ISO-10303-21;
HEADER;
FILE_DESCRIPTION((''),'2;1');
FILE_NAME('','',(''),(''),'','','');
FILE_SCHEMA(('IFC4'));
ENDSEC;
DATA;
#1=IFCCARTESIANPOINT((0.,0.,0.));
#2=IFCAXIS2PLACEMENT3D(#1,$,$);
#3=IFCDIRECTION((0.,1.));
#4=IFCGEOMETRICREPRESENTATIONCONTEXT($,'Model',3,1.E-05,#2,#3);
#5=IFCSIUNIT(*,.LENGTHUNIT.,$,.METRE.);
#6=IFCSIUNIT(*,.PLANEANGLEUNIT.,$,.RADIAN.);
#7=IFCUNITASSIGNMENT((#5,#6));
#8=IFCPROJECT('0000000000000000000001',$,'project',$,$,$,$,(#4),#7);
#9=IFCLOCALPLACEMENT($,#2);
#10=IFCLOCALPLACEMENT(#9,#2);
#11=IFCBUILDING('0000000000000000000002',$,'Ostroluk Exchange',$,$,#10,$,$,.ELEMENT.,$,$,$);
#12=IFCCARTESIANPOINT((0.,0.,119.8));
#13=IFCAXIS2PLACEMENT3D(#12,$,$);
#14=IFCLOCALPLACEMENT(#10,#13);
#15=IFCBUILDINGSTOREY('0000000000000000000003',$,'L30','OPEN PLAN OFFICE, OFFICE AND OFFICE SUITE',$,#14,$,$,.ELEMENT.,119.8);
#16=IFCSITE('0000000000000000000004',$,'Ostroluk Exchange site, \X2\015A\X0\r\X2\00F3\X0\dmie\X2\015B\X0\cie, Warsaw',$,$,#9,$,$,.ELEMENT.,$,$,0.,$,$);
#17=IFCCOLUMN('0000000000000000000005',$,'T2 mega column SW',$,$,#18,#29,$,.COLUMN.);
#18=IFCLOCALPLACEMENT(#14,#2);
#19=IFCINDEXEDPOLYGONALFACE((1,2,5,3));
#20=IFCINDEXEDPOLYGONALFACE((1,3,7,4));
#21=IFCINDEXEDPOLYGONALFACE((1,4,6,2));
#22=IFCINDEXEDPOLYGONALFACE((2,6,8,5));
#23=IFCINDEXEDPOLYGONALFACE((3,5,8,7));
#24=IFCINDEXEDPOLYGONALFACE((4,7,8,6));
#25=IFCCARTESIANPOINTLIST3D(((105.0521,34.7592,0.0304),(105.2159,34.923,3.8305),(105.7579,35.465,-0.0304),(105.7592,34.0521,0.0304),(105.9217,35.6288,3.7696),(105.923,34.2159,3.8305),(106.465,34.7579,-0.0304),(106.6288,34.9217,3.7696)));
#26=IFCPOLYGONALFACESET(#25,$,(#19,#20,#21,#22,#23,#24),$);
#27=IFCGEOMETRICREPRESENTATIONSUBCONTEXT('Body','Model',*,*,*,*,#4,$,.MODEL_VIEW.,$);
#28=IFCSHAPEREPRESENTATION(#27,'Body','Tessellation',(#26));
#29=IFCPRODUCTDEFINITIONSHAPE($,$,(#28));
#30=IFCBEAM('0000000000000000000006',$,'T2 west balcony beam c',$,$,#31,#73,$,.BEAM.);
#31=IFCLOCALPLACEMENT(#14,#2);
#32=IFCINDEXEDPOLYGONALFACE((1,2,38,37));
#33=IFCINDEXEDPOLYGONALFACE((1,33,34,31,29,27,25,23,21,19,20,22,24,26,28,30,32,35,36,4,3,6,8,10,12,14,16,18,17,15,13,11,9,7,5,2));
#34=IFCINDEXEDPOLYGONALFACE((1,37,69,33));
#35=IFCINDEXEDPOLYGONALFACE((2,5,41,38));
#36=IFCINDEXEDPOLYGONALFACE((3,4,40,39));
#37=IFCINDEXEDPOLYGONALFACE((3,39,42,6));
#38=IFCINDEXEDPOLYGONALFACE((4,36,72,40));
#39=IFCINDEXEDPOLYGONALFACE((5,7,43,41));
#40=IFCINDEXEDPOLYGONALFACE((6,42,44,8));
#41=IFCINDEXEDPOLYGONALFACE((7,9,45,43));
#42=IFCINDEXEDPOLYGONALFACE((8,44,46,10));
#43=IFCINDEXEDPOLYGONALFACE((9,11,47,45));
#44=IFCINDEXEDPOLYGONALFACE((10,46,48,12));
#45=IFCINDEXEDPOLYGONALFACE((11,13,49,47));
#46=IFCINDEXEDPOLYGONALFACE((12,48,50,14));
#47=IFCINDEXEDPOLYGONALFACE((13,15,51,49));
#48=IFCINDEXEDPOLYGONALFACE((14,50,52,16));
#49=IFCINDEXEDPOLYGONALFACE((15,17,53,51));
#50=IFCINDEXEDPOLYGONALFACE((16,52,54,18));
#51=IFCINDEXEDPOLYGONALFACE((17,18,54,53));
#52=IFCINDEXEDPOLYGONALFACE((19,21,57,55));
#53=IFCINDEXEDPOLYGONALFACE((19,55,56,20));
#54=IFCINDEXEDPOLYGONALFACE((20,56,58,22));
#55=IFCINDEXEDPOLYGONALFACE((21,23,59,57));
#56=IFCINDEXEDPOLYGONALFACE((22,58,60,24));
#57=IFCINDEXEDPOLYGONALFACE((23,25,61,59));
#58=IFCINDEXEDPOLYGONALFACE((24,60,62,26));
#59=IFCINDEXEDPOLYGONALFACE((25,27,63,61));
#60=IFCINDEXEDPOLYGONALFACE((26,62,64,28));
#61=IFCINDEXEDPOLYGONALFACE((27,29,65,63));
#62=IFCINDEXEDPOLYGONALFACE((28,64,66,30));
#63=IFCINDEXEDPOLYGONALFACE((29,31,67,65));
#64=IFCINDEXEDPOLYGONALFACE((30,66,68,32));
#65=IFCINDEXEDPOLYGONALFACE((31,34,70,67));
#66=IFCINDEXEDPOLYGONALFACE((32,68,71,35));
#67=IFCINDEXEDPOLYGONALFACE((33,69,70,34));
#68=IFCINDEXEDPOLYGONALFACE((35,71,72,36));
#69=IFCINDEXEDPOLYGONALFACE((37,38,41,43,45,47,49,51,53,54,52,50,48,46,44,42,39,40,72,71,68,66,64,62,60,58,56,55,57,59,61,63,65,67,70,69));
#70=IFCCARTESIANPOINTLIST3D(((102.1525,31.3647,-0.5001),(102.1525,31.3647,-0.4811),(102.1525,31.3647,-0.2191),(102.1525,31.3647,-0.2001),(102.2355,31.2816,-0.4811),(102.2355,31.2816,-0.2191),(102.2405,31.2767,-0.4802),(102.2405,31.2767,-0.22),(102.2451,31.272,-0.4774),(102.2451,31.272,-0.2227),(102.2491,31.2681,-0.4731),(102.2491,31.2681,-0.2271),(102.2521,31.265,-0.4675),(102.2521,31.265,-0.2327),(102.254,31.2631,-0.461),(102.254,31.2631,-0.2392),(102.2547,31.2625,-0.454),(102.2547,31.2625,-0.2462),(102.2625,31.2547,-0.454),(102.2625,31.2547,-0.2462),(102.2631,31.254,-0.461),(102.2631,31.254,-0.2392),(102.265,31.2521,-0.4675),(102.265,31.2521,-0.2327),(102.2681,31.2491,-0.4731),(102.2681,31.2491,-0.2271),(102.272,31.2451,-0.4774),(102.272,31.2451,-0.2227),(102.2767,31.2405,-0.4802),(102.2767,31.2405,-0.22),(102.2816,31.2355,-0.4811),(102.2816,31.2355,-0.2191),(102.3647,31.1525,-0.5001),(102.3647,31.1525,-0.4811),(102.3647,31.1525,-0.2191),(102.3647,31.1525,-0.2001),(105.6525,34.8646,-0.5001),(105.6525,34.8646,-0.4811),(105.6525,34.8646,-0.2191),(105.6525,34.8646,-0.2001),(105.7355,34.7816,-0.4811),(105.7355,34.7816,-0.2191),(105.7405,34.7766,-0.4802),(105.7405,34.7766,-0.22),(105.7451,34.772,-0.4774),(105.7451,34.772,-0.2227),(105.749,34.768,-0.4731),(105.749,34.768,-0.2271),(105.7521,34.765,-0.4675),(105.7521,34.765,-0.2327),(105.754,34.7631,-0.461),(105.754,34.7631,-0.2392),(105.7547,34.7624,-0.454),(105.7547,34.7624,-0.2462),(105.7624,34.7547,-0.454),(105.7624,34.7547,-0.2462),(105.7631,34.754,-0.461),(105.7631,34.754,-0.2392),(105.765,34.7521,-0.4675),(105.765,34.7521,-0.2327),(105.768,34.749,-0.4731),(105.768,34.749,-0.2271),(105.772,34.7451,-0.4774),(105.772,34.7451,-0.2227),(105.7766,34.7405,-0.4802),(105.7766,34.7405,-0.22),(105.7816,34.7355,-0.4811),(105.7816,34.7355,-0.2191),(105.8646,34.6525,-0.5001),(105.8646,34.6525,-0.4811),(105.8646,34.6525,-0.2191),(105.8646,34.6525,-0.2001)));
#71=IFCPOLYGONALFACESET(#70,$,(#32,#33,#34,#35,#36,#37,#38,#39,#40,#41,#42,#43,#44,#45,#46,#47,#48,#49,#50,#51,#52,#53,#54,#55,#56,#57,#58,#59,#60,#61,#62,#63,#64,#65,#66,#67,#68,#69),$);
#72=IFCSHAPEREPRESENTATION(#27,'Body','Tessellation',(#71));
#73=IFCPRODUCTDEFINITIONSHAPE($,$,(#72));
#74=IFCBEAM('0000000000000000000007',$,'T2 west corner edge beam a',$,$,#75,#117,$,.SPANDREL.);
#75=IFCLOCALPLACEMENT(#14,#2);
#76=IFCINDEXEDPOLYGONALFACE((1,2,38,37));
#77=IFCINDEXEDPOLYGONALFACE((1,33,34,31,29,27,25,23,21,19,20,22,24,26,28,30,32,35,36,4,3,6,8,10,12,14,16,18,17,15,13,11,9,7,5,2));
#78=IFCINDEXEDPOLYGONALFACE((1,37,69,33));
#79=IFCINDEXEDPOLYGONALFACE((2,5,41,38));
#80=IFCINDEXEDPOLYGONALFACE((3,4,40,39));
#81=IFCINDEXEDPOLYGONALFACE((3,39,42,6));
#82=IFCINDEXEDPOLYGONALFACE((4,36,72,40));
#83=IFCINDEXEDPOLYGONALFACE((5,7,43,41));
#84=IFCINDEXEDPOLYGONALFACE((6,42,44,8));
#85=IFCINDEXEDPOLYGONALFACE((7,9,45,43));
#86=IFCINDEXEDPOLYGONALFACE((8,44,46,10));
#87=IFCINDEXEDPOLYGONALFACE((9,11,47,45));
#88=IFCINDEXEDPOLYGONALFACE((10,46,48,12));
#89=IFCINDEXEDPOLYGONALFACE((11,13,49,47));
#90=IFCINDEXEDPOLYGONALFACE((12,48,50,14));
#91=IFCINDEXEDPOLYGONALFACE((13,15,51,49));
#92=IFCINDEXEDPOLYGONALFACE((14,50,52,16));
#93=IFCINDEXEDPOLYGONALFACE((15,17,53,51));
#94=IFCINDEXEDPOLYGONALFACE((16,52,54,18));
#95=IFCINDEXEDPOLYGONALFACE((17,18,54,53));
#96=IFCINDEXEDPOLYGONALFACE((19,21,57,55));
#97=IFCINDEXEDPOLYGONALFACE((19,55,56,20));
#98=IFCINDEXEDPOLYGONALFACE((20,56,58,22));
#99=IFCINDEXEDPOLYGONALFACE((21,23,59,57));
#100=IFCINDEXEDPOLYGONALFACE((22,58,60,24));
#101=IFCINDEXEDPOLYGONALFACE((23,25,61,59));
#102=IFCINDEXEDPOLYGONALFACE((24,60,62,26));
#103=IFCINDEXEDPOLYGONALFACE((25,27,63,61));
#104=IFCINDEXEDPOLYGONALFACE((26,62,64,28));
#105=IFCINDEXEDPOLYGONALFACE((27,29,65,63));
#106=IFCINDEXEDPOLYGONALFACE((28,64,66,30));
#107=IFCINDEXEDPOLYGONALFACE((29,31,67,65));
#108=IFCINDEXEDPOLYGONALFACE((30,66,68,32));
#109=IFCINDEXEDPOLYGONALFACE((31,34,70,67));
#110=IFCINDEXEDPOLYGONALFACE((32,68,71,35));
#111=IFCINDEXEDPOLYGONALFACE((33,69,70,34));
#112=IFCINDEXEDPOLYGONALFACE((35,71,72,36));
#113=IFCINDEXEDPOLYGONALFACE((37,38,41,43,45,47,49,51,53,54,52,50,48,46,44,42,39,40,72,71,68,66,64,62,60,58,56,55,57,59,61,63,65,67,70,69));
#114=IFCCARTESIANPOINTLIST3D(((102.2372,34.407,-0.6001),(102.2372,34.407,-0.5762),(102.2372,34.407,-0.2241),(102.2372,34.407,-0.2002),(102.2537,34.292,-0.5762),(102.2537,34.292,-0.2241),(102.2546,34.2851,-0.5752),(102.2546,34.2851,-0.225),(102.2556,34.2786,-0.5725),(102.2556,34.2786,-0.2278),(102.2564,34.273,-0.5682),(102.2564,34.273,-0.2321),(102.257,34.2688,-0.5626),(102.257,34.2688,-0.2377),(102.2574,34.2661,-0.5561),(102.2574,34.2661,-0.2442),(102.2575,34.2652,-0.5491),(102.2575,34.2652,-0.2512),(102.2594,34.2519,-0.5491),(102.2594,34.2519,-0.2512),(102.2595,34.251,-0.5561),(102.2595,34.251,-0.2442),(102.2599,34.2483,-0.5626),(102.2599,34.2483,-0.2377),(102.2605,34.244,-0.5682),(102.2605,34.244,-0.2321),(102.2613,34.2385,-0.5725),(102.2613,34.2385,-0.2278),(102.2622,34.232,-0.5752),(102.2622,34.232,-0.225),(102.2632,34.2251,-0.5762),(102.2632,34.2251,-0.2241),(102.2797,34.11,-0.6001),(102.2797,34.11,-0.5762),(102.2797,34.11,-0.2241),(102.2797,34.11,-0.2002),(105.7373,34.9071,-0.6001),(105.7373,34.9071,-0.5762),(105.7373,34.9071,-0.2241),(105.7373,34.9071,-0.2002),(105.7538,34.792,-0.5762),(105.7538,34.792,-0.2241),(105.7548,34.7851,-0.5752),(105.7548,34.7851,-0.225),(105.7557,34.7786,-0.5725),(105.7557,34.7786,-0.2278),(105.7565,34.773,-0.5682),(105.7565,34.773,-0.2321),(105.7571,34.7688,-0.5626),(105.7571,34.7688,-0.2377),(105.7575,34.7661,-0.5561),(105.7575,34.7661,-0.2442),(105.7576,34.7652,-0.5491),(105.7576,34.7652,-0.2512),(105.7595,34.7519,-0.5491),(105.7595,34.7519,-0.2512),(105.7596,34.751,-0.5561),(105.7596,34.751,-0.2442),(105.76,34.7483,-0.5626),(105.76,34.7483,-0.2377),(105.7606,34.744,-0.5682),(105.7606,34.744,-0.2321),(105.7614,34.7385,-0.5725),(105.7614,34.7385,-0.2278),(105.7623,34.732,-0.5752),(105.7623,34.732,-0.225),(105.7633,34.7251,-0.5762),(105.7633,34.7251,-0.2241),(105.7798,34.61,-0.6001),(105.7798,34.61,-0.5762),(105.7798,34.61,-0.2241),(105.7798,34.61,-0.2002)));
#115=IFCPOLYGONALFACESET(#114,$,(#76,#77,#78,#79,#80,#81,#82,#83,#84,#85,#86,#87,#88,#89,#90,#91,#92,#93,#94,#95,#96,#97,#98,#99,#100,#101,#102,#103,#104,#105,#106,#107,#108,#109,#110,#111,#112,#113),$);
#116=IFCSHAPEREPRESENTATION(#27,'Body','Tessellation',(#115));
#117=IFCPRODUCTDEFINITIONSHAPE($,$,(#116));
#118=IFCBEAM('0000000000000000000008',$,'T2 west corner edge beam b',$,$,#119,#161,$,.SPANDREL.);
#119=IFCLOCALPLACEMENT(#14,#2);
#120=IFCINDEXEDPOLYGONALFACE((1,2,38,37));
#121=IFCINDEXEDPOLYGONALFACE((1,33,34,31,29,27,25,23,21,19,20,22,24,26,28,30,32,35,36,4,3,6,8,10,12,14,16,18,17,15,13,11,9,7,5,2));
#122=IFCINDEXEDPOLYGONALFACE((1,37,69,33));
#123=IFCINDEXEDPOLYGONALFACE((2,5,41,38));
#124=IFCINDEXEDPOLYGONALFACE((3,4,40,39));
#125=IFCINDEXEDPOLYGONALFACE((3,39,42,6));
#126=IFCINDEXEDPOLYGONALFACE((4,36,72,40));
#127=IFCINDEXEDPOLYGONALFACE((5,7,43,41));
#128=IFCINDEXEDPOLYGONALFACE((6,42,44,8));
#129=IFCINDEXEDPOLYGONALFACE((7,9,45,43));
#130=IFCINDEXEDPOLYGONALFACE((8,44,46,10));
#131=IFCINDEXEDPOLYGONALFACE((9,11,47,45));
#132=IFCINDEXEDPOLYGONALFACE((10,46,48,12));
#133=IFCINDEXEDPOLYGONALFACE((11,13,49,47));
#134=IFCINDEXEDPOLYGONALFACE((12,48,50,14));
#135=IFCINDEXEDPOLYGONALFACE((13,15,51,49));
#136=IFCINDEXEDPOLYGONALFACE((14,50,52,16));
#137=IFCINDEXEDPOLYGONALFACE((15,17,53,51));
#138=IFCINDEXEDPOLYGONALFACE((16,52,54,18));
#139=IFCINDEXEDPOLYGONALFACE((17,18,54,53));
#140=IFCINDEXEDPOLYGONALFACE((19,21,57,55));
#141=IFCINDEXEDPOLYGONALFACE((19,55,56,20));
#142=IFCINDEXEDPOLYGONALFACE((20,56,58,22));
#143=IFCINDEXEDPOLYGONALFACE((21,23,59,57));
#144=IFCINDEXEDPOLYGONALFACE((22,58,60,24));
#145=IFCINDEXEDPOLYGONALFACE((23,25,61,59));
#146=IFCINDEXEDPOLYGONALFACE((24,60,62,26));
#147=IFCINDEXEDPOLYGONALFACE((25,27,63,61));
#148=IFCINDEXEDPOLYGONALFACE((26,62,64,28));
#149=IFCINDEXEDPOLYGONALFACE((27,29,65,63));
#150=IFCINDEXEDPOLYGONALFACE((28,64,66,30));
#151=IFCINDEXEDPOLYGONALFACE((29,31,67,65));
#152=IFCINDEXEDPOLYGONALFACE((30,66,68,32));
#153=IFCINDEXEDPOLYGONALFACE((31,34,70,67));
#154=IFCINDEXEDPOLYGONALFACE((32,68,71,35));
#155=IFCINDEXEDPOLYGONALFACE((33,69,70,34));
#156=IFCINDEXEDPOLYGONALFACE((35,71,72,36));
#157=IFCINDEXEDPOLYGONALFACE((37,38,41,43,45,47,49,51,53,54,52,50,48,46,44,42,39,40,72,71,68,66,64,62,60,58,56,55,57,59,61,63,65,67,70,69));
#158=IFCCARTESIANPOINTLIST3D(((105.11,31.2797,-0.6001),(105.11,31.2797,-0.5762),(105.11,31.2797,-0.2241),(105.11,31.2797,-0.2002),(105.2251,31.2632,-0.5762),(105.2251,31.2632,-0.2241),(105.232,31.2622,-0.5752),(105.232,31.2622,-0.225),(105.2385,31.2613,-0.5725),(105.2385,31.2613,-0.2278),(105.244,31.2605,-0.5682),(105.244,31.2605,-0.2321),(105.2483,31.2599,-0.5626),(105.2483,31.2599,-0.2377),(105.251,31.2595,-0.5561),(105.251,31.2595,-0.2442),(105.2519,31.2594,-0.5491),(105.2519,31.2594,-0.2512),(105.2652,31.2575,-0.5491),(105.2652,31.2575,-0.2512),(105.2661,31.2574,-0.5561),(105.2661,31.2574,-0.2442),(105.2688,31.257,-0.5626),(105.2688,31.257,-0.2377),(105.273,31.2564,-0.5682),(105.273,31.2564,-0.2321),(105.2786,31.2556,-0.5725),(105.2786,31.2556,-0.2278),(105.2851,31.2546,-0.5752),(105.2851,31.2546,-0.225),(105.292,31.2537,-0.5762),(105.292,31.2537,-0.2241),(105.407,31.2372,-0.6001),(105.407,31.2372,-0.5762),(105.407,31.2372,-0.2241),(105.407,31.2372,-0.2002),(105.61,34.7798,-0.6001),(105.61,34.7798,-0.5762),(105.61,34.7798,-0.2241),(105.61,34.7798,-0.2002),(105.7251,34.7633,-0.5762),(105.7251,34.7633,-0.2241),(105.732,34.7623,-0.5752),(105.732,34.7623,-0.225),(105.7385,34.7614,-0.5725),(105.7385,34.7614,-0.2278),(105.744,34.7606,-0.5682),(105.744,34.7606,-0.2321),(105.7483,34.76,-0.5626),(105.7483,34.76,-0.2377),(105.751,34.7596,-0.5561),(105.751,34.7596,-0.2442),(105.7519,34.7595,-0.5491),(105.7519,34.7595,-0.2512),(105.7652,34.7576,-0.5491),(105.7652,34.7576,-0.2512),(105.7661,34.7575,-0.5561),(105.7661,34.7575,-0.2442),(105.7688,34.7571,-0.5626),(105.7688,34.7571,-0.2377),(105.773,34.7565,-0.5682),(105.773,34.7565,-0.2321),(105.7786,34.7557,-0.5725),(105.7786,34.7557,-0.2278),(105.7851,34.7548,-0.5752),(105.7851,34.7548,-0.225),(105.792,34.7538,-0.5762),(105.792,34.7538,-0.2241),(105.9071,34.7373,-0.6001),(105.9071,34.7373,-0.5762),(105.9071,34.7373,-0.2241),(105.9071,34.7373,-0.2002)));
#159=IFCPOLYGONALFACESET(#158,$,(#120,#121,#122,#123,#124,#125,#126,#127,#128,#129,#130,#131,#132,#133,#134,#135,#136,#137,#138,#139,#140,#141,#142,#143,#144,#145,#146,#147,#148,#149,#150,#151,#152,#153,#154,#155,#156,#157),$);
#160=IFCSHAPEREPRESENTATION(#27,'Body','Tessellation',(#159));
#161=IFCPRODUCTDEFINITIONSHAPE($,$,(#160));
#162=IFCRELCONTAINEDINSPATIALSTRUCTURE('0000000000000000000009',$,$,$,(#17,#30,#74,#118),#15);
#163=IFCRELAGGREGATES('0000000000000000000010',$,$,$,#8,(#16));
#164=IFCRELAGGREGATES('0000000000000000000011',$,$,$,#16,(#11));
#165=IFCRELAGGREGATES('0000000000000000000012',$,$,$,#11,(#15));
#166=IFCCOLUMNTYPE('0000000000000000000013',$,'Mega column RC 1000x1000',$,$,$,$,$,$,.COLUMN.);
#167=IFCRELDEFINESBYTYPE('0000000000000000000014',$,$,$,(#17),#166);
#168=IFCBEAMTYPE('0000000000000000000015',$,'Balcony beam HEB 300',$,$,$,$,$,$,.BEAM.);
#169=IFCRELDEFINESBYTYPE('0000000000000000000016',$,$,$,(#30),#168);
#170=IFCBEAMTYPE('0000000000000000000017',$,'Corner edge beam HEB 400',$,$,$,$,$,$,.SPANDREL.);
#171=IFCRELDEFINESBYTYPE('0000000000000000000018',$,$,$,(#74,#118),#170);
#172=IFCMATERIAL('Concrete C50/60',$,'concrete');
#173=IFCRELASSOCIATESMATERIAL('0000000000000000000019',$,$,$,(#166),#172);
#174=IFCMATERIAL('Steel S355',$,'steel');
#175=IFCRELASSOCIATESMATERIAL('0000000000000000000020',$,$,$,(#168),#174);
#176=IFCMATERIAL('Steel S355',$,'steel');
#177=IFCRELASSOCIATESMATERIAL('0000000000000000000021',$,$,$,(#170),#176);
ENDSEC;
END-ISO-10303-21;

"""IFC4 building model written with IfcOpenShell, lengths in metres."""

from ifc_helpers import new_model, si_unit, direction, frame, origin, origin_2d, place, context, subcontext, project, spatial, rectangle, i_section, extrude, material, material_profile, profile_set, type_object, element, save


model = new_model("IFC4")

# Units and contexts
model_context = context("Model", 3, precision=1e-05, world=origin(), true_north=direction((0.0, 1.0)))
body_context = subcontext(model_context, "Body", "Model", "MODEL_VIEW")
ifc_project = project(units=[si_unit("LENGTHUNIT", "METRE"), si_unit("PLANEANGLEUNIT", "RADIAN")], contexts=[model_context])

# Site, building, storey
site_placement = place(None, origin())
site = spatial("IfcSite", under=ifc_project, at=site_placement, Name="Ostroluk Exchange site, Śródmieście, Warsaw", CompositionType="ELEMENT", RefElevation=0.0)
building_placement = place(site_placement, origin())
building = spatial("IfcBuilding", under=site, at=building_placement, Name="Ostroluk Exchange", CompositionType="ELEMENT")
storey_placement = place(building_placement, frame((0.0, 0.0, 119.8)))
storey = spatial("IfcBuildingStorey", under=building, at=storey_placement, Name="L30", Description="OPEN PLAN OFFICE, OFFICE AND OFFICE SUITE", CompositionType="ELEMENT", Elevation=119.8)

# Column
ifc_material_1 = material(Name="Concrete C50/60", Category="concrete")
ifc_material_profile_1 = material_profile(ifc_material_1, rectangle(XDim=1.0, YDim=1.0, at=origin_2d()), Name="RC 1000x1000")
ifc_profile_set_1 = profile_set([ifc_material_profile_1], Name="Concrete C50/60")
column_type = type_object("IfcColumnType", Name="Mega column RC 1000x1000", PredefinedType="COLUMN", material=ifc_profile_set_1)
column_placement = place(storey_placement, frame((105.7585, 34.7585, 0.0), z_axis=(0.04303, 0.04303, 0.998147), x_axis=(-0.707107, 0.707107, 0.0)))
element("IfcColumn", 1, at=column_placement, inside=storey, type_object=column_type, Name="T2 mega column SW", PredefinedType="COLUMN", context=body_context, shape_type="SweptSolid", body=[
    extrude(rectangle(XDim=1.0, YDim=1.0, at=origin_2d()), origin(), (0.0, 0.0, 1.0), 3.8071),
])

# Beams
ifc_material_2 = material(Name="Steel S355", Category="steel")
ifc_material_profile_2 = material_profile(ifc_material_2, i_section(OverallWidth=0.3, OverallDepth=0.3, WebThickness=0.011, FlangeThickness=0.019, FilletRadius=0.0271, at=origin_2d()), Name="HEB 300")
ifc_profile_set_2 = profile_set([ifc_material_profile_2], Name="Steel S355")
beam_type_1 = type_object("IfcBeamType", Name="Balcony beam HEB 300", PredefinedType="BEAM", material=ifc_profile_set_2)
beam_1_placement = place(storey_placement, frame((105.7585, 34.7585, -0.3501), z_axis=(-0.707107, -0.707107, 0.0), x_axis=(0.707107, -0.707107, 0.0)))
element("IfcBeam", 2, at=beam_1_placement, inside=storey, type_object=beam_type_1, Name="T2 west balcony beam c", PredefinedType="BEAM", context=body_context, shape_type="SweptSolid", body=[
    extrude(i_section(OverallWidth=0.3, OverallDepth=0.3, WebThickness=0.011, FlangeThickness=0.019, FilletRadius=0.0271, at=origin_2d()), origin(), (0.0, 0.0, 1.0), 4.9497),
])
ifc_material_3 = material(Name="Steel S355", Category="steel")
ifc_material_profile_3 = material_profile(ifc_material_3, i_section(OverallWidth=0.3, OverallDepth=0.3999, WebThickness=0.0134, FlangeThickness=0.0239, FilletRadius=0.0271, at=origin_2d()), Name="HEB 400")
ifc_profile_set_3 = profile_set([ifc_material_profile_3], Name="Steel S355")
beam_type_2 = type_object("IfcBeamType", Name="Corner edge beam HEB 400", PredefinedType="SPANDREL", material=ifc_profile_set_3)
for number, where, z_axis, x_axis, name in (
    (3, (105.7585, 34.7585, -0.4001), (-0.989949, -0.141421, 0.0), (0.141421, -0.989949, 0.0), "T2 west corner edge beam a"),
    (4, (105.7585, 34.7585, -0.4001), (-0.141421, -0.989949, 0.0), (0.989949, -0.141421, 0.0), "T2 west corner edge beam b"),
):
    element("IfcBeam", number, at=place(storey_placement, frame(where, z_axis=z_axis, x_axis=x_axis)), inside=storey, type_object=beam_type_2, Name=name, PredefinedType="SPANDREL", context=body_context, shape_type="SweptSolid", body=[
        extrude(i_section(OverallWidth=0.3, OverallDepth=0.3999, WebThickness=0.0134, FlangeThickness=0.0239, FilletRadius=0.0271, at=origin_2d()), origin(), (0.0, 0.0, 1.0), 3.5356),
    ])

save(model, "model.ifc")
